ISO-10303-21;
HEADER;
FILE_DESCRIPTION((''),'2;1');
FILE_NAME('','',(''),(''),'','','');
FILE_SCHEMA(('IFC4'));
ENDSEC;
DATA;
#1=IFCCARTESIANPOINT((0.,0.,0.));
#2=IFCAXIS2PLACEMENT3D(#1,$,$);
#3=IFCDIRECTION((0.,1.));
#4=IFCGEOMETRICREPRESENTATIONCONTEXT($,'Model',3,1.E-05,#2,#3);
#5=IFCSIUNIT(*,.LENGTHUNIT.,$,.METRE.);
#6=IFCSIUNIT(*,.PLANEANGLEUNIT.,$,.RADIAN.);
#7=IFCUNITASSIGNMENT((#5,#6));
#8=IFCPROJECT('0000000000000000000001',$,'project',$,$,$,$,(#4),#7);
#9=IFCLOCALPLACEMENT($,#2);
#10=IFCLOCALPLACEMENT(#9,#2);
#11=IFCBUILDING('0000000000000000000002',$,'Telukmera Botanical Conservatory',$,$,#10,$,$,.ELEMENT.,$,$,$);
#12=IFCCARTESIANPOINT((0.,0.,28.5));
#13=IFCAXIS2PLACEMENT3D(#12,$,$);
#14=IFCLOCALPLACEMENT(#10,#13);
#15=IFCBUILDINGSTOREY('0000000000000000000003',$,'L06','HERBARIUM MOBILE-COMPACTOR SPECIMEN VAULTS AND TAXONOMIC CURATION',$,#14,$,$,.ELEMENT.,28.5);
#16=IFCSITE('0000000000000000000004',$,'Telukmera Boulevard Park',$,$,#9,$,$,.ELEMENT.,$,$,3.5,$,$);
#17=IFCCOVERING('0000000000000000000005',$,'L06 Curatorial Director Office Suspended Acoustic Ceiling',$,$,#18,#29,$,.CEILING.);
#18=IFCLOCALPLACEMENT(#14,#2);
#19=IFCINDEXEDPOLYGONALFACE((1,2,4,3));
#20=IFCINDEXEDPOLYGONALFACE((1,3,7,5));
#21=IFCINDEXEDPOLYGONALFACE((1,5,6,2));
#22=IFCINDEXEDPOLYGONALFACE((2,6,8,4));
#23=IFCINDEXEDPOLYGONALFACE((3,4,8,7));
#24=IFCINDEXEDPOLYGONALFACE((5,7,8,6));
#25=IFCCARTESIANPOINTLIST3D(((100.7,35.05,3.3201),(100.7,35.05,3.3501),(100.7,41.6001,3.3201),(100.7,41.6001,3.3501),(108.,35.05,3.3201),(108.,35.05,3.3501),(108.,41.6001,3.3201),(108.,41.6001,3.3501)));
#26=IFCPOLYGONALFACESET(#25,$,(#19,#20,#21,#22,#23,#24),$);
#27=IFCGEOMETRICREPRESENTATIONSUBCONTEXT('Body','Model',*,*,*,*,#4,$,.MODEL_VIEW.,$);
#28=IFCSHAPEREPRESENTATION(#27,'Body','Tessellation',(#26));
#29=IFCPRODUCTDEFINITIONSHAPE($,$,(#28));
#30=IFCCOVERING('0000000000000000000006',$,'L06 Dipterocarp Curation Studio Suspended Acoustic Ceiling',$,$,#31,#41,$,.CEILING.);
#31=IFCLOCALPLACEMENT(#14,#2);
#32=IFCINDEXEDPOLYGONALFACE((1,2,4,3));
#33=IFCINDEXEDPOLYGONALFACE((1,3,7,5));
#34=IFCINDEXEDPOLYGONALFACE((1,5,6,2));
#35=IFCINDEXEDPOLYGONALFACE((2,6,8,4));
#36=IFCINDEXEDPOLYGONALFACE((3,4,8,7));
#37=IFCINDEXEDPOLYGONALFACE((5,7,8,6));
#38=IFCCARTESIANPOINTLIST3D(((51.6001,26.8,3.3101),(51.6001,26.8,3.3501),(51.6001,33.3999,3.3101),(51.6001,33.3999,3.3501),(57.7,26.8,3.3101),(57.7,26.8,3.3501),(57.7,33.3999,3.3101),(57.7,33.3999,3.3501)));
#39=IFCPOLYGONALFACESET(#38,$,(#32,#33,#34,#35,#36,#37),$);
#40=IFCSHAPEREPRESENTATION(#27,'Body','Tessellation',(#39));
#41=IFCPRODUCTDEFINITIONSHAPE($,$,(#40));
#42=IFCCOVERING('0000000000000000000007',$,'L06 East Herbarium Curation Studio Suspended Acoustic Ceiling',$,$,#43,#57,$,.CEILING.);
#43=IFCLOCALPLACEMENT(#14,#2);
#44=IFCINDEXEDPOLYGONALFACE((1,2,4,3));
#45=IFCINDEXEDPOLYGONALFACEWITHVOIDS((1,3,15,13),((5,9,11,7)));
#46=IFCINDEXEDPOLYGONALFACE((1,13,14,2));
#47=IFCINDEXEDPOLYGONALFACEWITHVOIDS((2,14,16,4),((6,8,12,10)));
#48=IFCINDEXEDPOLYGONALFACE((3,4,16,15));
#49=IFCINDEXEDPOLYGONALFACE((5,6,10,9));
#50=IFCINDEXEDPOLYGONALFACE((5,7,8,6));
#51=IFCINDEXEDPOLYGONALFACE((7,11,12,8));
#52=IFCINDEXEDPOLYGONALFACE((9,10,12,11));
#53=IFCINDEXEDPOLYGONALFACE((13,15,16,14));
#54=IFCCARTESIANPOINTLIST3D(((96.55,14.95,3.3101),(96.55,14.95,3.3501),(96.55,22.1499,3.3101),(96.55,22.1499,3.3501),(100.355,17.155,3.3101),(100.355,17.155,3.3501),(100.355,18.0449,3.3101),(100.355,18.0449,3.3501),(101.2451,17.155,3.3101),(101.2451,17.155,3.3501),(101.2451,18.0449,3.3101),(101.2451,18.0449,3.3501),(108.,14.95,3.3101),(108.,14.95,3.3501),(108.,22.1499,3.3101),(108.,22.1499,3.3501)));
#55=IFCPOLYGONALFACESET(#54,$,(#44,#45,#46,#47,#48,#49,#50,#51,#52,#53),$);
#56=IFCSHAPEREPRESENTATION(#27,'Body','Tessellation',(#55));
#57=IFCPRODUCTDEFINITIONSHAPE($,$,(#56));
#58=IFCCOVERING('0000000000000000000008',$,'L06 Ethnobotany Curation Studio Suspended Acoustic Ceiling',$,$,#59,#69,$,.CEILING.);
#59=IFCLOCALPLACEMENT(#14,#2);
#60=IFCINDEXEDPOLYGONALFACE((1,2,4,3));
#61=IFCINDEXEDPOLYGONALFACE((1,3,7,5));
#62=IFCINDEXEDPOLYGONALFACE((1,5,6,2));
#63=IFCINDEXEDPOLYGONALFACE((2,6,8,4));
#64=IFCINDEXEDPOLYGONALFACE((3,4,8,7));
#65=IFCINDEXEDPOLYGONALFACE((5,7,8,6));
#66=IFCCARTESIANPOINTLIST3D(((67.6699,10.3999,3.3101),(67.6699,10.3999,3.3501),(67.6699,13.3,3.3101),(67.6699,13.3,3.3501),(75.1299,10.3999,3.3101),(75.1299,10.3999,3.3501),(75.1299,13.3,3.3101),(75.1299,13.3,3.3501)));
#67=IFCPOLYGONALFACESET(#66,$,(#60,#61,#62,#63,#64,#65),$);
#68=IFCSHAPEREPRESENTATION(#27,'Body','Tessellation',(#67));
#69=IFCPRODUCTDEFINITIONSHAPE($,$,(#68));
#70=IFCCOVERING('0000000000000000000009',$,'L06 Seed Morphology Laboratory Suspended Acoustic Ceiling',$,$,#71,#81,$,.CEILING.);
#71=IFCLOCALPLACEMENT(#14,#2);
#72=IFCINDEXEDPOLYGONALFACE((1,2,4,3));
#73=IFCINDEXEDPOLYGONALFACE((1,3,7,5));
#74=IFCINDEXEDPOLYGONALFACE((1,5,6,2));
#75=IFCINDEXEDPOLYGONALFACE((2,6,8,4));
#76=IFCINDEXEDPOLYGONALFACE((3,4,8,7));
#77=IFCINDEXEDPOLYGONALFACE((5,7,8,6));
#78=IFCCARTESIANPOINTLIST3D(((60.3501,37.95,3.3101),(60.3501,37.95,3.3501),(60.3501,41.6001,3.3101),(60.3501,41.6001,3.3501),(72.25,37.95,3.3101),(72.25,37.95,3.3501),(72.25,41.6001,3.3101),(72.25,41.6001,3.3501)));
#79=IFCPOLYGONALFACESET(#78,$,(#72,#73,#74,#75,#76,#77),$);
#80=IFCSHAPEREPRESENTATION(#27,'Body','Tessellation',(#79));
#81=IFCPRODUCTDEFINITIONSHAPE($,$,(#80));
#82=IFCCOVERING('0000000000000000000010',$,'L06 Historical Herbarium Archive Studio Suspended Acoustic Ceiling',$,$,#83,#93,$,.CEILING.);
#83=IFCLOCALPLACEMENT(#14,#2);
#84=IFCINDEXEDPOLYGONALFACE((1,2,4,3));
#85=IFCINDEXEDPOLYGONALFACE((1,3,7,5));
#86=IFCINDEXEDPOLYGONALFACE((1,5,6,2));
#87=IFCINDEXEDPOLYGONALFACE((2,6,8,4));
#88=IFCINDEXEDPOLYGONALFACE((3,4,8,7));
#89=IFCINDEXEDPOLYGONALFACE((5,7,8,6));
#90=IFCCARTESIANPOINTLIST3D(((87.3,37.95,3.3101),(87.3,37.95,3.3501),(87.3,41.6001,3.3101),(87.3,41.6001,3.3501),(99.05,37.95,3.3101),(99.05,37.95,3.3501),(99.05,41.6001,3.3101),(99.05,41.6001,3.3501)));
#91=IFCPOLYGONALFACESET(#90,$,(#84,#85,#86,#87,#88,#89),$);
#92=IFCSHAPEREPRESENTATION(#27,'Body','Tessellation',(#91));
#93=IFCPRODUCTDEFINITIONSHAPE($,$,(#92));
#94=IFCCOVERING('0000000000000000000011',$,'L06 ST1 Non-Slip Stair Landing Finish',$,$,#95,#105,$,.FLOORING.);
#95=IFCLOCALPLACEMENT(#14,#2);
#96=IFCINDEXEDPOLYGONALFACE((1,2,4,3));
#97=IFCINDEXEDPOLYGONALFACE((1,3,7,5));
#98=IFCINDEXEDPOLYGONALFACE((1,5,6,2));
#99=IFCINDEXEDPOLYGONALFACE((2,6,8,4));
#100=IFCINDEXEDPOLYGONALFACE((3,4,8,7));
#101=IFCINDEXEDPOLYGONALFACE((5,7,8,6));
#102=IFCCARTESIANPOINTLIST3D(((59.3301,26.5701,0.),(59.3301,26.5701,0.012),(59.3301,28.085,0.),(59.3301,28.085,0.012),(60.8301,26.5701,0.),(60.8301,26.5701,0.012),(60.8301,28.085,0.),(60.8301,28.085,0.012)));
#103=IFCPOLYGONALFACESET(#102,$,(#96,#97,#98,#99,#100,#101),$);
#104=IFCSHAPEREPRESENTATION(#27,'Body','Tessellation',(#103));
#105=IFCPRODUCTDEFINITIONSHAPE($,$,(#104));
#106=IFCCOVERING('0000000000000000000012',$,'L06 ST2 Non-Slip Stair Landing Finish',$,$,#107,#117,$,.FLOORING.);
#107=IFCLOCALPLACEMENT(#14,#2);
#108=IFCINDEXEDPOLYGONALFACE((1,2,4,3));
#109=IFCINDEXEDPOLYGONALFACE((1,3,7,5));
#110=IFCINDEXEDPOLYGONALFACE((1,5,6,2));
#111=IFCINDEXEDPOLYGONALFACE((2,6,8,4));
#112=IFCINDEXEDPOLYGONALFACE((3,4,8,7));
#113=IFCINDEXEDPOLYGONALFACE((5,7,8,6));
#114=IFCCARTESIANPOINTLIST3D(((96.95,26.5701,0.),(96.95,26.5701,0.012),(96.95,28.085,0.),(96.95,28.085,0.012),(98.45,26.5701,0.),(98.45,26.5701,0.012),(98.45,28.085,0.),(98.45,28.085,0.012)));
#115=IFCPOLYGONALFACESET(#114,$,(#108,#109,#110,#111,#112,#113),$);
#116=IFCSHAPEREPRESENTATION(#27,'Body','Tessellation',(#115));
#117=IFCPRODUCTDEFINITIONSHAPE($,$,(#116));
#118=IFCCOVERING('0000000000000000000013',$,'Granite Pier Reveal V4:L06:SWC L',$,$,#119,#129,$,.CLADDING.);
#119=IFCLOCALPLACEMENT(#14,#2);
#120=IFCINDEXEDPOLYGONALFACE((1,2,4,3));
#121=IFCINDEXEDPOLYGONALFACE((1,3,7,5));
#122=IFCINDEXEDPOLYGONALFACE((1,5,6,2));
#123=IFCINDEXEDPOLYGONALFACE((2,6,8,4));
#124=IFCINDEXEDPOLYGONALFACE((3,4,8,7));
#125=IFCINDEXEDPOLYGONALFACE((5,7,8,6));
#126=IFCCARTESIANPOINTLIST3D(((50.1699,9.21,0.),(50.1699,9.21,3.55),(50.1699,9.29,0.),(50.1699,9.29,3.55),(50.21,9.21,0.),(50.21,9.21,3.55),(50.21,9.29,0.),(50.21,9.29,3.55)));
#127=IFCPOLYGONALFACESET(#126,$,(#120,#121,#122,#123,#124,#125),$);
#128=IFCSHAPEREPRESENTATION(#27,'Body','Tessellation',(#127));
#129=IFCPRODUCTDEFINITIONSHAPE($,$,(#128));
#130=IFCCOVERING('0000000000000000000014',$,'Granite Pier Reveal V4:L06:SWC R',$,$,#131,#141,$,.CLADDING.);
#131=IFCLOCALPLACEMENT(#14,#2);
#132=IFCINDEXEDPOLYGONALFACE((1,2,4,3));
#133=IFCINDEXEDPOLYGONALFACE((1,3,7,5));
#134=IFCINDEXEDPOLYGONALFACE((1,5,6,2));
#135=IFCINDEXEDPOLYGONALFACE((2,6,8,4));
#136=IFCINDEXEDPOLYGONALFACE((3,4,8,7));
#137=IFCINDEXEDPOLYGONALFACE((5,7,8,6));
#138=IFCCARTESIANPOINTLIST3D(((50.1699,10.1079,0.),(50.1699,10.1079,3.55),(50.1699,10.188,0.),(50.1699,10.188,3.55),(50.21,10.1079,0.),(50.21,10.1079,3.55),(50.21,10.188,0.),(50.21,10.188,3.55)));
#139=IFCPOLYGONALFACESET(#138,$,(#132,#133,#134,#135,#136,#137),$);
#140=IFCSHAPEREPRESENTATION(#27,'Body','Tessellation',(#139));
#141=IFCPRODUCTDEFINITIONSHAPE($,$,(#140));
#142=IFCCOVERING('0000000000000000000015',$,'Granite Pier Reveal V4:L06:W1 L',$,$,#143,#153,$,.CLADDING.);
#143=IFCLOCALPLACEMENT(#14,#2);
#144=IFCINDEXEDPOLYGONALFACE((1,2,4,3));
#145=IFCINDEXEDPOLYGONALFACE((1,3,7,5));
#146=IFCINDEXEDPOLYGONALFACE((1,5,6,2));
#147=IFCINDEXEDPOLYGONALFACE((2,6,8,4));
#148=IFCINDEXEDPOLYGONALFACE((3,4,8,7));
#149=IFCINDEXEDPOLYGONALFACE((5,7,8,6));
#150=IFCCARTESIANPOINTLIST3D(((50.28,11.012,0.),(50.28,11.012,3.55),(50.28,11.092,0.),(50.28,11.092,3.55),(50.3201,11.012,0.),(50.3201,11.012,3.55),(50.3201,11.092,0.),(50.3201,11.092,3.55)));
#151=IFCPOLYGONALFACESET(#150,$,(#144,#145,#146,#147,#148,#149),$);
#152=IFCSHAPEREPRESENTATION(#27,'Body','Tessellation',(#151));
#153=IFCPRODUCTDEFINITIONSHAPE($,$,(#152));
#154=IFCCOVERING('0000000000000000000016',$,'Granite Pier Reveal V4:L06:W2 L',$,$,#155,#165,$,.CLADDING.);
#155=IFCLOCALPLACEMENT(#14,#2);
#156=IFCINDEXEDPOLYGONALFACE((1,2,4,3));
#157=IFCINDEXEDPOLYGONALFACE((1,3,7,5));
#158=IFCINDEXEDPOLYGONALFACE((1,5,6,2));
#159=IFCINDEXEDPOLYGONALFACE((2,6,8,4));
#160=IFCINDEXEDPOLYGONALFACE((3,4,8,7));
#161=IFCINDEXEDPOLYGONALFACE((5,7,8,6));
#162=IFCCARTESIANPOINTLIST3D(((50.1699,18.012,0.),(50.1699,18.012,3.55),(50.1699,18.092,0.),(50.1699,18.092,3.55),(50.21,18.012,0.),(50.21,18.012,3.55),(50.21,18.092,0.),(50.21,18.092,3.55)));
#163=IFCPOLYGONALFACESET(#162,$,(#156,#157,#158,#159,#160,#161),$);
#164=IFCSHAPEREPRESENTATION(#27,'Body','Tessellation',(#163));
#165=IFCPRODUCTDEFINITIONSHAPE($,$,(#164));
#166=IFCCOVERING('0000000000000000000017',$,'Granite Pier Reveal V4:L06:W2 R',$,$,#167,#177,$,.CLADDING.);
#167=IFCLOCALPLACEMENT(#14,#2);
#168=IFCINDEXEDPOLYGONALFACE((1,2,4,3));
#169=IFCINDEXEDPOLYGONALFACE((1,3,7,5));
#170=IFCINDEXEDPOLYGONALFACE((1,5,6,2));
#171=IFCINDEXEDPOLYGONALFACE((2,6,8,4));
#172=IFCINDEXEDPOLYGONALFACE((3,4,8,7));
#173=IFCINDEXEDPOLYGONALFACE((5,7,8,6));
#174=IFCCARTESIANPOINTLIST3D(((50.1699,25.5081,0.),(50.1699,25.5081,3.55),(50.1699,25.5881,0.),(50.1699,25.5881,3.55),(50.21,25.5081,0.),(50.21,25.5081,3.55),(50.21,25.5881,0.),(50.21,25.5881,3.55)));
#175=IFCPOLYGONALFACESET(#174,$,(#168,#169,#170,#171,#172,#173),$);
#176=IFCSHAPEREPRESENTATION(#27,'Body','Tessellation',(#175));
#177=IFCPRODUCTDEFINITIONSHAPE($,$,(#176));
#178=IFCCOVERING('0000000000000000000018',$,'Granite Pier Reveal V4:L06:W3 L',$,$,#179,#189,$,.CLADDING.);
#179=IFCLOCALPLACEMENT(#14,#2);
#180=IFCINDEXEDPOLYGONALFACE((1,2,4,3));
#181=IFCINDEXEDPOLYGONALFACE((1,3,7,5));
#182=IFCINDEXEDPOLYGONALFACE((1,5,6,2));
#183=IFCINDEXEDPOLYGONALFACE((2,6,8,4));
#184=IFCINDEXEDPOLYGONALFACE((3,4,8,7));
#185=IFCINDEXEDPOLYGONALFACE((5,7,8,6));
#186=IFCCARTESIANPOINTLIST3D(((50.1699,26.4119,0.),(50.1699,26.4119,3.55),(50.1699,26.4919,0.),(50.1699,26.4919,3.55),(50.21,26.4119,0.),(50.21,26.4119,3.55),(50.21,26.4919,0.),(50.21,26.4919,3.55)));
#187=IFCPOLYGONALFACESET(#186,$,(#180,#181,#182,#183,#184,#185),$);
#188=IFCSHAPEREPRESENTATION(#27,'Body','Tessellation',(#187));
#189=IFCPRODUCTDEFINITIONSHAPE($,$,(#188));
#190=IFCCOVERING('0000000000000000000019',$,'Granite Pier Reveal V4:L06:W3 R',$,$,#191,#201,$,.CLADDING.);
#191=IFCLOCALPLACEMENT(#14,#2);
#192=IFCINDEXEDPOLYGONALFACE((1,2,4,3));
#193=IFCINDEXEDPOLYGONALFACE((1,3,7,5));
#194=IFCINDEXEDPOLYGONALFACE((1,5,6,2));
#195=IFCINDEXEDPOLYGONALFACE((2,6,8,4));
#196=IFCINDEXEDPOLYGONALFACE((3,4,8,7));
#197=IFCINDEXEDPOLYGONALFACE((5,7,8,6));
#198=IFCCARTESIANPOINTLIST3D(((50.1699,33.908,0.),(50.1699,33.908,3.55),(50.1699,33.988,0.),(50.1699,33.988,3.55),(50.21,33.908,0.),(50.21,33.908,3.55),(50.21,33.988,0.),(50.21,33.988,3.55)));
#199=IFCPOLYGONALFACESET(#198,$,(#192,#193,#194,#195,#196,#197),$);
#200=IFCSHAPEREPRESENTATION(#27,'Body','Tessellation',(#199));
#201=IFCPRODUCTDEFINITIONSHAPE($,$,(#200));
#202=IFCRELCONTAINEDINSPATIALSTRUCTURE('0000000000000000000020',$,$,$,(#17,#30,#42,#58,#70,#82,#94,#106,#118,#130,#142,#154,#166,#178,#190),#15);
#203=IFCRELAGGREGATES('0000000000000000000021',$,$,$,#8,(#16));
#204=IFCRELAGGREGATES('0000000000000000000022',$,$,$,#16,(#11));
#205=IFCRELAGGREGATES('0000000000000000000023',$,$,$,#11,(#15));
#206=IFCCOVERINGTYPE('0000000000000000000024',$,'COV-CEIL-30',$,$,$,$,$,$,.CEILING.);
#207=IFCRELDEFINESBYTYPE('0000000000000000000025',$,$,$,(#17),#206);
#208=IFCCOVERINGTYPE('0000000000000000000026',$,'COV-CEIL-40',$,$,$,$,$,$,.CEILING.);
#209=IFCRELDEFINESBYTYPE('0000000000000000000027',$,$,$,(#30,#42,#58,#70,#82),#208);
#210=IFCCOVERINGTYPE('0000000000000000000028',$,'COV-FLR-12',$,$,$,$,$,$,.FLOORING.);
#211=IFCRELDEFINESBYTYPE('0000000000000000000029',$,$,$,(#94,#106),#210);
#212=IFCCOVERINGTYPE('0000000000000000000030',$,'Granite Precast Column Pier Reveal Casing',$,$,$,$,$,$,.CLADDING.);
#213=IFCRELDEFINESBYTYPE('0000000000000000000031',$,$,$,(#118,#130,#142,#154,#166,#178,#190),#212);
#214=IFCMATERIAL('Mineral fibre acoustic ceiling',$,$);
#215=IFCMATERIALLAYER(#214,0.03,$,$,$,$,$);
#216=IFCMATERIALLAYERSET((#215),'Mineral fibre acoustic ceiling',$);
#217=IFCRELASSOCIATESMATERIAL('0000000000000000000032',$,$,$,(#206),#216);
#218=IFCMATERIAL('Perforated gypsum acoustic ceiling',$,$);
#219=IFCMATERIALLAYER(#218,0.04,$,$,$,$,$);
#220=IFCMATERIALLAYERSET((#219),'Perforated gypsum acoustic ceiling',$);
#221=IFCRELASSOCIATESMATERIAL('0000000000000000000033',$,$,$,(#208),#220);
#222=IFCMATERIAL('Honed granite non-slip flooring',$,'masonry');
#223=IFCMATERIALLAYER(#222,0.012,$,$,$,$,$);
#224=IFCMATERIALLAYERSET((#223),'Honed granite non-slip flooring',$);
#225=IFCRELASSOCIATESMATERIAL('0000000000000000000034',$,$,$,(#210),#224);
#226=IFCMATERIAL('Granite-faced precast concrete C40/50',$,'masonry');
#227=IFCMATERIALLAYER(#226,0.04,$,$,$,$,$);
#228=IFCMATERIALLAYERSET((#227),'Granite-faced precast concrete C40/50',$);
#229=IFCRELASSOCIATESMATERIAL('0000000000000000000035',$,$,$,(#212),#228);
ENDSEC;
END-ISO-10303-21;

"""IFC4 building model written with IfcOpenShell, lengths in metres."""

from ifc_helpers import new_model, si_unit, direction, frame, origin, origin_2d, place, context, subcontext, project, spatial, polyline, rectangle, outline, extrude, material, layer, layer_set, type_object, element, save


model = new_model("IFC4")

# Units and contexts
model_context = context("Model", 3, precision=1e-05, world=origin(), true_north=direction((0.0, 1.0)))
body_context = subcontext(model_context, "Body", "Model", "MODEL_VIEW")
ifc_project = project(units=[si_unit("LENGTHUNIT", "METRE"), si_unit("PLANEANGLEUNIT", "RADIAN")], contexts=[model_context])

# Site, building, storey
site_placement = place(None, origin())
site = spatial("IfcSite", under=ifc_project, at=site_placement, Name="Telukmera Boulevard Park", CompositionType="ELEMENT", RefElevation=3.5)
building_placement = place(site_placement, origin())
building = spatial("IfcBuilding", under=site, at=building_placement, Name="Telukmera Botanical Conservatory", CompositionType="ELEMENT")
storey_placement = place(building_placement, frame((0.0, 0.0, 28.5)))
storey = spatial("IfcBuildingStorey", under=building, at=storey_placement, Name="L06", Description="HERBARIUM MOBILE-COMPACTOR SPECIMEN VAULTS AND TAXONOMIC CURATION", CompositionType="ELEMENT", Elevation=28.5)

# Coverings
ifc_material_1 = material(Name="Mineral fibre acoustic ceiling")
ifc_layer_1 = layer(ifc_material_1, 0.03)
ifc_layer_set_1 = layer_set([ifc_layer_1], Name="Mineral fibre acoustic ceiling")
covering_type_1 = type_object("IfcCoveringType", Name="COV-CEIL-30", PredefinedType="CEILING", material=ifc_layer_set_1)
covering_1_placement = place(storey_placement, frame((0.0, 0.0, 3.3201)))
element("IfcCovering", 1, at=covering_1_placement, inside=storey, type_object=covering_type_1, Name="L06 Curatorial Director Office Suspended Acoustic Ceiling", PredefinedType="CEILING", context=body_context, shape_type="SweptSolid", body=[
    extrude(outline(polyline([(100.7, 35.05), (108.0, 35.05), (108.0, 41.6001), (100.7, 41.6001), (100.7, 35.05)])), origin(), (0.0, 0.0, 1.0), 0.03),
])
ifc_material_2 = material(Name="Perforated gypsum acoustic ceiling")
ifc_layer_2 = layer(ifc_material_2, 0.04)
ifc_layer_set_2 = layer_set([ifc_layer_2], Name="Perforated gypsum acoustic ceiling")
covering_type_2 = type_object("IfcCoveringType", Name="COV-CEIL-40", PredefinedType="CEILING", material=ifc_layer_set_2)
covering_2_placement = place(storey_placement, frame((0.0, 0.0, 3.3101)))
element("IfcCovering", 2, at=covering_2_placement, inside=storey, type_object=covering_type_2, Name="L06 Dipterocarp Curation Studio Suspended Acoustic Ceiling", PredefinedType="CEILING", context=body_context, shape_type="SweptSolid", body=[
    extrude(outline(polyline([(51.6001, 26.8), (57.7, 26.8), (57.7, 33.3999), (51.6001, 33.3999), (51.6001, 26.8)])), origin(), (0.0, 0.0, 1.0), 0.04),
])
covering_3_placement = place(storey_placement, frame((0.0, 0.0, 3.3101)))
element("IfcCovering", 3, at=covering_3_placement, inside=storey, type_object=covering_type_2, Name="L06 East Herbarium Curation Studio Suspended Acoustic Ceiling", PredefinedType="CEILING", context=body_context, shape_type="SweptSolid", body=[
    extrude(outline(polyline([(96.55, 14.95), (108.0, 14.95), (108.0, 22.1499), (96.55, 22.1499), (96.55, 14.95)]), holes=[polyline([(100.355, 17.155), (101.2451, 17.155), (101.2451, 18.0449), (100.355, 18.0449), (100.355, 17.155)])]), origin(), (0.0, 0.0, 1.0), 0.04),
])
covering_4_placement = place(storey_placement, frame((0.0, 0.0, 3.3101)))
element("IfcCovering", 4, at=covering_4_placement, inside=storey, type_object=covering_type_2, Name="L06 Ethnobotany Curation Studio Suspended Acoustic Ceiling", PredefinedType="CEILING", context=body_context, shape_type="SweptSolid", body=[
    extrude(outline(polyline([(67.6699, 10.3999), (75.1299, 10.3999), (75.1299, 13.3), (67.6699, 13.3), (67.6699, 10.3999)])), origin(), (0.0, 0.0, 1.0), 0.04),
])
covering_5_placement = place(storey_placement, frame((0.0, 0.0, 3.3101)))
element("IfcCovering", 5, at=covering_5_placement, inside=storey, type_object=covering_type_2, Name="L06 Seed Morphology Laboratory Suspended Acoustic Ceiling", PredefinedType="CEILING", context=body_context, shape_type="SweptSolid", body=[
    extrude(outline(polyline([(60.3501, 37.95), (72.25, 37.95), (72.25, 41.6001), (60.3501, 41.6001), (60.3501, 37.95)])), origin(), (0.0, 0.0, 1.0), 0.04),
])
covering_6_placement = place(storey_placement, frame((0.0, 0.0, 3.3101)))
element("IfcCovering", 6, at=covering_6_placement, inside=storey, type_object=covering_type_2, Name="L06 Historical Herbarium Archive Studio Suspended Acoustic Ceiling", PredefinedType="CEILING", context=body_context, shape_type="SweptSolid", body=[
    extrude(outline(polyline([(87.3, 37.95), (99.05, 37.95), (99.05, 41.6001), (87.3, 41.6001), (87.3, 37.95)])), origin(), (0.0, 0.0, 1.0), 0.04),
])
ifc_material_3 = material(Name="Honed granite non-slip flooring", Category="masonry")
ifc_layer_3 = layer(ifc_material_3, 0.012)
ifc_layer_set_3 = layer_set([ifc_layer_3], Name="Honed granite non-slip flooring")
covering_type_3 = type_object("IfcCoveringType", Name="COV-FLR-12", PredefinedType="FLOORING", material=ifc_layer_set_3)
covering_7_placement = place(storey_placement, origin())
element("IfcCovering", 7, at=covering_7_placement, inside=storey, type_object=covering_type_3, Name="L06 ST1 Non-Slip Stair Landing Finish", PredefinedType="FLOORING", context=body_context, shape_type="SweptSolid", body=[
    extrude(outline(polyline([(60.8301, 26.5701), (60.8301, 28.085), (59.3301, 28.085), (59.3301, 26.5701), (60.8301, 26.5701)])), origin(), (0.0, 0.0, 1.0), 0.012),
])
covering_8_placement = place(storey_placement, origin())
element("IfcCovering", 8, at=covering_8_placement, inside=storey, type_object=covering_type_3, Name="L06 ST2 Non-Slip Stair Landing Finish", PredefinedType="FLOORING", context=body_context, shape_type="SweptSolid", body=[
    extrude(outline(polyline([(98.45, 26.5701), (98.45, 28.085), (96.95, 28.085), (96.95, 26.5701), (98.45, 26.5701)])), origin(), (0.0, 0.0, 1.0), 0.012),
])
ifc_material_4 = material(Name="Granite-faced precast concrete C40/50", Category="masonry")
ifc_layer_4 = layer(ifc_material_4, 0.04)
ifc_layer_set_4 = layer_set([ifc_layer_4], Name="Granite-faced precast concrete C40/50")
covering_type_4 = type_object("IfcCoveringType", Name="Granite Precast Column Pier Reveal Casing", PredefinedType="CLADDING", material=ifc_layer_set_4)
for number, where, z_axis, x_axis, name in (
    (9, (50.1899, 9.25, 0.0), (0.0, 0.0, 1.0), (0.0, 1.0, 0.0), "Granite Pier Reveal V4:L06:SWC L"),
    (10, (50.1899, 10.1479, 0.0), (0.0, 0.0, 1.0), (0.0, 1.0, 0.0), "Granite Pier Reveal V4:L06:SWC R"),
    (11, (50.3, 11.052, 0.0), (0.0, 0.0, 1.0), (0.0, 1.0, 0.0), "Granite Pier Reveal V4:L06:W1 L"),
    (12, (50.1899, 18.052, 0.0), (0.0, 0.0, 1.0), (0.0, 1.0, 0.0), "Granite Pier Reveal V4:L06:W2 L"),
    (13, (50.1899, 25.5481, 0.0), (0.0, 0.0, 1.0), (0.0, 1.0, 0.0), "Granite Pier Reveal V4:L06:W2 R"),
    (14, (50.1899, 26.4519, 0.0), (0.0, 0.0, 1.0), (0.0, 1.0, 0.0), "Granite Pier Reveal V4:L06:W3 L"),
    (15, (50.1899, 33.948, 0.0), (0.0, 0.0, 1.0), (0.0, 1.0, 0.0), "Granite Pier Reveal V4:L06:W3 R"),
):
    element("IfcCovering", number, at=place(storey_placement, frame(where, z_axis=z_axis, x_axis=x_axis)), inside=storey, type_object=covering_type_4, Name=name, PredefinedType="CLADDING", context=body_context, shape_type="SweptSolid", body=[
        extrude(rectangle(XDim=0.0801, YDim=0.04, at=origin_2d()), origin(), (0.0, 0.0, 1.0), 3.55),
    ])

save(model, "model.ifc")
